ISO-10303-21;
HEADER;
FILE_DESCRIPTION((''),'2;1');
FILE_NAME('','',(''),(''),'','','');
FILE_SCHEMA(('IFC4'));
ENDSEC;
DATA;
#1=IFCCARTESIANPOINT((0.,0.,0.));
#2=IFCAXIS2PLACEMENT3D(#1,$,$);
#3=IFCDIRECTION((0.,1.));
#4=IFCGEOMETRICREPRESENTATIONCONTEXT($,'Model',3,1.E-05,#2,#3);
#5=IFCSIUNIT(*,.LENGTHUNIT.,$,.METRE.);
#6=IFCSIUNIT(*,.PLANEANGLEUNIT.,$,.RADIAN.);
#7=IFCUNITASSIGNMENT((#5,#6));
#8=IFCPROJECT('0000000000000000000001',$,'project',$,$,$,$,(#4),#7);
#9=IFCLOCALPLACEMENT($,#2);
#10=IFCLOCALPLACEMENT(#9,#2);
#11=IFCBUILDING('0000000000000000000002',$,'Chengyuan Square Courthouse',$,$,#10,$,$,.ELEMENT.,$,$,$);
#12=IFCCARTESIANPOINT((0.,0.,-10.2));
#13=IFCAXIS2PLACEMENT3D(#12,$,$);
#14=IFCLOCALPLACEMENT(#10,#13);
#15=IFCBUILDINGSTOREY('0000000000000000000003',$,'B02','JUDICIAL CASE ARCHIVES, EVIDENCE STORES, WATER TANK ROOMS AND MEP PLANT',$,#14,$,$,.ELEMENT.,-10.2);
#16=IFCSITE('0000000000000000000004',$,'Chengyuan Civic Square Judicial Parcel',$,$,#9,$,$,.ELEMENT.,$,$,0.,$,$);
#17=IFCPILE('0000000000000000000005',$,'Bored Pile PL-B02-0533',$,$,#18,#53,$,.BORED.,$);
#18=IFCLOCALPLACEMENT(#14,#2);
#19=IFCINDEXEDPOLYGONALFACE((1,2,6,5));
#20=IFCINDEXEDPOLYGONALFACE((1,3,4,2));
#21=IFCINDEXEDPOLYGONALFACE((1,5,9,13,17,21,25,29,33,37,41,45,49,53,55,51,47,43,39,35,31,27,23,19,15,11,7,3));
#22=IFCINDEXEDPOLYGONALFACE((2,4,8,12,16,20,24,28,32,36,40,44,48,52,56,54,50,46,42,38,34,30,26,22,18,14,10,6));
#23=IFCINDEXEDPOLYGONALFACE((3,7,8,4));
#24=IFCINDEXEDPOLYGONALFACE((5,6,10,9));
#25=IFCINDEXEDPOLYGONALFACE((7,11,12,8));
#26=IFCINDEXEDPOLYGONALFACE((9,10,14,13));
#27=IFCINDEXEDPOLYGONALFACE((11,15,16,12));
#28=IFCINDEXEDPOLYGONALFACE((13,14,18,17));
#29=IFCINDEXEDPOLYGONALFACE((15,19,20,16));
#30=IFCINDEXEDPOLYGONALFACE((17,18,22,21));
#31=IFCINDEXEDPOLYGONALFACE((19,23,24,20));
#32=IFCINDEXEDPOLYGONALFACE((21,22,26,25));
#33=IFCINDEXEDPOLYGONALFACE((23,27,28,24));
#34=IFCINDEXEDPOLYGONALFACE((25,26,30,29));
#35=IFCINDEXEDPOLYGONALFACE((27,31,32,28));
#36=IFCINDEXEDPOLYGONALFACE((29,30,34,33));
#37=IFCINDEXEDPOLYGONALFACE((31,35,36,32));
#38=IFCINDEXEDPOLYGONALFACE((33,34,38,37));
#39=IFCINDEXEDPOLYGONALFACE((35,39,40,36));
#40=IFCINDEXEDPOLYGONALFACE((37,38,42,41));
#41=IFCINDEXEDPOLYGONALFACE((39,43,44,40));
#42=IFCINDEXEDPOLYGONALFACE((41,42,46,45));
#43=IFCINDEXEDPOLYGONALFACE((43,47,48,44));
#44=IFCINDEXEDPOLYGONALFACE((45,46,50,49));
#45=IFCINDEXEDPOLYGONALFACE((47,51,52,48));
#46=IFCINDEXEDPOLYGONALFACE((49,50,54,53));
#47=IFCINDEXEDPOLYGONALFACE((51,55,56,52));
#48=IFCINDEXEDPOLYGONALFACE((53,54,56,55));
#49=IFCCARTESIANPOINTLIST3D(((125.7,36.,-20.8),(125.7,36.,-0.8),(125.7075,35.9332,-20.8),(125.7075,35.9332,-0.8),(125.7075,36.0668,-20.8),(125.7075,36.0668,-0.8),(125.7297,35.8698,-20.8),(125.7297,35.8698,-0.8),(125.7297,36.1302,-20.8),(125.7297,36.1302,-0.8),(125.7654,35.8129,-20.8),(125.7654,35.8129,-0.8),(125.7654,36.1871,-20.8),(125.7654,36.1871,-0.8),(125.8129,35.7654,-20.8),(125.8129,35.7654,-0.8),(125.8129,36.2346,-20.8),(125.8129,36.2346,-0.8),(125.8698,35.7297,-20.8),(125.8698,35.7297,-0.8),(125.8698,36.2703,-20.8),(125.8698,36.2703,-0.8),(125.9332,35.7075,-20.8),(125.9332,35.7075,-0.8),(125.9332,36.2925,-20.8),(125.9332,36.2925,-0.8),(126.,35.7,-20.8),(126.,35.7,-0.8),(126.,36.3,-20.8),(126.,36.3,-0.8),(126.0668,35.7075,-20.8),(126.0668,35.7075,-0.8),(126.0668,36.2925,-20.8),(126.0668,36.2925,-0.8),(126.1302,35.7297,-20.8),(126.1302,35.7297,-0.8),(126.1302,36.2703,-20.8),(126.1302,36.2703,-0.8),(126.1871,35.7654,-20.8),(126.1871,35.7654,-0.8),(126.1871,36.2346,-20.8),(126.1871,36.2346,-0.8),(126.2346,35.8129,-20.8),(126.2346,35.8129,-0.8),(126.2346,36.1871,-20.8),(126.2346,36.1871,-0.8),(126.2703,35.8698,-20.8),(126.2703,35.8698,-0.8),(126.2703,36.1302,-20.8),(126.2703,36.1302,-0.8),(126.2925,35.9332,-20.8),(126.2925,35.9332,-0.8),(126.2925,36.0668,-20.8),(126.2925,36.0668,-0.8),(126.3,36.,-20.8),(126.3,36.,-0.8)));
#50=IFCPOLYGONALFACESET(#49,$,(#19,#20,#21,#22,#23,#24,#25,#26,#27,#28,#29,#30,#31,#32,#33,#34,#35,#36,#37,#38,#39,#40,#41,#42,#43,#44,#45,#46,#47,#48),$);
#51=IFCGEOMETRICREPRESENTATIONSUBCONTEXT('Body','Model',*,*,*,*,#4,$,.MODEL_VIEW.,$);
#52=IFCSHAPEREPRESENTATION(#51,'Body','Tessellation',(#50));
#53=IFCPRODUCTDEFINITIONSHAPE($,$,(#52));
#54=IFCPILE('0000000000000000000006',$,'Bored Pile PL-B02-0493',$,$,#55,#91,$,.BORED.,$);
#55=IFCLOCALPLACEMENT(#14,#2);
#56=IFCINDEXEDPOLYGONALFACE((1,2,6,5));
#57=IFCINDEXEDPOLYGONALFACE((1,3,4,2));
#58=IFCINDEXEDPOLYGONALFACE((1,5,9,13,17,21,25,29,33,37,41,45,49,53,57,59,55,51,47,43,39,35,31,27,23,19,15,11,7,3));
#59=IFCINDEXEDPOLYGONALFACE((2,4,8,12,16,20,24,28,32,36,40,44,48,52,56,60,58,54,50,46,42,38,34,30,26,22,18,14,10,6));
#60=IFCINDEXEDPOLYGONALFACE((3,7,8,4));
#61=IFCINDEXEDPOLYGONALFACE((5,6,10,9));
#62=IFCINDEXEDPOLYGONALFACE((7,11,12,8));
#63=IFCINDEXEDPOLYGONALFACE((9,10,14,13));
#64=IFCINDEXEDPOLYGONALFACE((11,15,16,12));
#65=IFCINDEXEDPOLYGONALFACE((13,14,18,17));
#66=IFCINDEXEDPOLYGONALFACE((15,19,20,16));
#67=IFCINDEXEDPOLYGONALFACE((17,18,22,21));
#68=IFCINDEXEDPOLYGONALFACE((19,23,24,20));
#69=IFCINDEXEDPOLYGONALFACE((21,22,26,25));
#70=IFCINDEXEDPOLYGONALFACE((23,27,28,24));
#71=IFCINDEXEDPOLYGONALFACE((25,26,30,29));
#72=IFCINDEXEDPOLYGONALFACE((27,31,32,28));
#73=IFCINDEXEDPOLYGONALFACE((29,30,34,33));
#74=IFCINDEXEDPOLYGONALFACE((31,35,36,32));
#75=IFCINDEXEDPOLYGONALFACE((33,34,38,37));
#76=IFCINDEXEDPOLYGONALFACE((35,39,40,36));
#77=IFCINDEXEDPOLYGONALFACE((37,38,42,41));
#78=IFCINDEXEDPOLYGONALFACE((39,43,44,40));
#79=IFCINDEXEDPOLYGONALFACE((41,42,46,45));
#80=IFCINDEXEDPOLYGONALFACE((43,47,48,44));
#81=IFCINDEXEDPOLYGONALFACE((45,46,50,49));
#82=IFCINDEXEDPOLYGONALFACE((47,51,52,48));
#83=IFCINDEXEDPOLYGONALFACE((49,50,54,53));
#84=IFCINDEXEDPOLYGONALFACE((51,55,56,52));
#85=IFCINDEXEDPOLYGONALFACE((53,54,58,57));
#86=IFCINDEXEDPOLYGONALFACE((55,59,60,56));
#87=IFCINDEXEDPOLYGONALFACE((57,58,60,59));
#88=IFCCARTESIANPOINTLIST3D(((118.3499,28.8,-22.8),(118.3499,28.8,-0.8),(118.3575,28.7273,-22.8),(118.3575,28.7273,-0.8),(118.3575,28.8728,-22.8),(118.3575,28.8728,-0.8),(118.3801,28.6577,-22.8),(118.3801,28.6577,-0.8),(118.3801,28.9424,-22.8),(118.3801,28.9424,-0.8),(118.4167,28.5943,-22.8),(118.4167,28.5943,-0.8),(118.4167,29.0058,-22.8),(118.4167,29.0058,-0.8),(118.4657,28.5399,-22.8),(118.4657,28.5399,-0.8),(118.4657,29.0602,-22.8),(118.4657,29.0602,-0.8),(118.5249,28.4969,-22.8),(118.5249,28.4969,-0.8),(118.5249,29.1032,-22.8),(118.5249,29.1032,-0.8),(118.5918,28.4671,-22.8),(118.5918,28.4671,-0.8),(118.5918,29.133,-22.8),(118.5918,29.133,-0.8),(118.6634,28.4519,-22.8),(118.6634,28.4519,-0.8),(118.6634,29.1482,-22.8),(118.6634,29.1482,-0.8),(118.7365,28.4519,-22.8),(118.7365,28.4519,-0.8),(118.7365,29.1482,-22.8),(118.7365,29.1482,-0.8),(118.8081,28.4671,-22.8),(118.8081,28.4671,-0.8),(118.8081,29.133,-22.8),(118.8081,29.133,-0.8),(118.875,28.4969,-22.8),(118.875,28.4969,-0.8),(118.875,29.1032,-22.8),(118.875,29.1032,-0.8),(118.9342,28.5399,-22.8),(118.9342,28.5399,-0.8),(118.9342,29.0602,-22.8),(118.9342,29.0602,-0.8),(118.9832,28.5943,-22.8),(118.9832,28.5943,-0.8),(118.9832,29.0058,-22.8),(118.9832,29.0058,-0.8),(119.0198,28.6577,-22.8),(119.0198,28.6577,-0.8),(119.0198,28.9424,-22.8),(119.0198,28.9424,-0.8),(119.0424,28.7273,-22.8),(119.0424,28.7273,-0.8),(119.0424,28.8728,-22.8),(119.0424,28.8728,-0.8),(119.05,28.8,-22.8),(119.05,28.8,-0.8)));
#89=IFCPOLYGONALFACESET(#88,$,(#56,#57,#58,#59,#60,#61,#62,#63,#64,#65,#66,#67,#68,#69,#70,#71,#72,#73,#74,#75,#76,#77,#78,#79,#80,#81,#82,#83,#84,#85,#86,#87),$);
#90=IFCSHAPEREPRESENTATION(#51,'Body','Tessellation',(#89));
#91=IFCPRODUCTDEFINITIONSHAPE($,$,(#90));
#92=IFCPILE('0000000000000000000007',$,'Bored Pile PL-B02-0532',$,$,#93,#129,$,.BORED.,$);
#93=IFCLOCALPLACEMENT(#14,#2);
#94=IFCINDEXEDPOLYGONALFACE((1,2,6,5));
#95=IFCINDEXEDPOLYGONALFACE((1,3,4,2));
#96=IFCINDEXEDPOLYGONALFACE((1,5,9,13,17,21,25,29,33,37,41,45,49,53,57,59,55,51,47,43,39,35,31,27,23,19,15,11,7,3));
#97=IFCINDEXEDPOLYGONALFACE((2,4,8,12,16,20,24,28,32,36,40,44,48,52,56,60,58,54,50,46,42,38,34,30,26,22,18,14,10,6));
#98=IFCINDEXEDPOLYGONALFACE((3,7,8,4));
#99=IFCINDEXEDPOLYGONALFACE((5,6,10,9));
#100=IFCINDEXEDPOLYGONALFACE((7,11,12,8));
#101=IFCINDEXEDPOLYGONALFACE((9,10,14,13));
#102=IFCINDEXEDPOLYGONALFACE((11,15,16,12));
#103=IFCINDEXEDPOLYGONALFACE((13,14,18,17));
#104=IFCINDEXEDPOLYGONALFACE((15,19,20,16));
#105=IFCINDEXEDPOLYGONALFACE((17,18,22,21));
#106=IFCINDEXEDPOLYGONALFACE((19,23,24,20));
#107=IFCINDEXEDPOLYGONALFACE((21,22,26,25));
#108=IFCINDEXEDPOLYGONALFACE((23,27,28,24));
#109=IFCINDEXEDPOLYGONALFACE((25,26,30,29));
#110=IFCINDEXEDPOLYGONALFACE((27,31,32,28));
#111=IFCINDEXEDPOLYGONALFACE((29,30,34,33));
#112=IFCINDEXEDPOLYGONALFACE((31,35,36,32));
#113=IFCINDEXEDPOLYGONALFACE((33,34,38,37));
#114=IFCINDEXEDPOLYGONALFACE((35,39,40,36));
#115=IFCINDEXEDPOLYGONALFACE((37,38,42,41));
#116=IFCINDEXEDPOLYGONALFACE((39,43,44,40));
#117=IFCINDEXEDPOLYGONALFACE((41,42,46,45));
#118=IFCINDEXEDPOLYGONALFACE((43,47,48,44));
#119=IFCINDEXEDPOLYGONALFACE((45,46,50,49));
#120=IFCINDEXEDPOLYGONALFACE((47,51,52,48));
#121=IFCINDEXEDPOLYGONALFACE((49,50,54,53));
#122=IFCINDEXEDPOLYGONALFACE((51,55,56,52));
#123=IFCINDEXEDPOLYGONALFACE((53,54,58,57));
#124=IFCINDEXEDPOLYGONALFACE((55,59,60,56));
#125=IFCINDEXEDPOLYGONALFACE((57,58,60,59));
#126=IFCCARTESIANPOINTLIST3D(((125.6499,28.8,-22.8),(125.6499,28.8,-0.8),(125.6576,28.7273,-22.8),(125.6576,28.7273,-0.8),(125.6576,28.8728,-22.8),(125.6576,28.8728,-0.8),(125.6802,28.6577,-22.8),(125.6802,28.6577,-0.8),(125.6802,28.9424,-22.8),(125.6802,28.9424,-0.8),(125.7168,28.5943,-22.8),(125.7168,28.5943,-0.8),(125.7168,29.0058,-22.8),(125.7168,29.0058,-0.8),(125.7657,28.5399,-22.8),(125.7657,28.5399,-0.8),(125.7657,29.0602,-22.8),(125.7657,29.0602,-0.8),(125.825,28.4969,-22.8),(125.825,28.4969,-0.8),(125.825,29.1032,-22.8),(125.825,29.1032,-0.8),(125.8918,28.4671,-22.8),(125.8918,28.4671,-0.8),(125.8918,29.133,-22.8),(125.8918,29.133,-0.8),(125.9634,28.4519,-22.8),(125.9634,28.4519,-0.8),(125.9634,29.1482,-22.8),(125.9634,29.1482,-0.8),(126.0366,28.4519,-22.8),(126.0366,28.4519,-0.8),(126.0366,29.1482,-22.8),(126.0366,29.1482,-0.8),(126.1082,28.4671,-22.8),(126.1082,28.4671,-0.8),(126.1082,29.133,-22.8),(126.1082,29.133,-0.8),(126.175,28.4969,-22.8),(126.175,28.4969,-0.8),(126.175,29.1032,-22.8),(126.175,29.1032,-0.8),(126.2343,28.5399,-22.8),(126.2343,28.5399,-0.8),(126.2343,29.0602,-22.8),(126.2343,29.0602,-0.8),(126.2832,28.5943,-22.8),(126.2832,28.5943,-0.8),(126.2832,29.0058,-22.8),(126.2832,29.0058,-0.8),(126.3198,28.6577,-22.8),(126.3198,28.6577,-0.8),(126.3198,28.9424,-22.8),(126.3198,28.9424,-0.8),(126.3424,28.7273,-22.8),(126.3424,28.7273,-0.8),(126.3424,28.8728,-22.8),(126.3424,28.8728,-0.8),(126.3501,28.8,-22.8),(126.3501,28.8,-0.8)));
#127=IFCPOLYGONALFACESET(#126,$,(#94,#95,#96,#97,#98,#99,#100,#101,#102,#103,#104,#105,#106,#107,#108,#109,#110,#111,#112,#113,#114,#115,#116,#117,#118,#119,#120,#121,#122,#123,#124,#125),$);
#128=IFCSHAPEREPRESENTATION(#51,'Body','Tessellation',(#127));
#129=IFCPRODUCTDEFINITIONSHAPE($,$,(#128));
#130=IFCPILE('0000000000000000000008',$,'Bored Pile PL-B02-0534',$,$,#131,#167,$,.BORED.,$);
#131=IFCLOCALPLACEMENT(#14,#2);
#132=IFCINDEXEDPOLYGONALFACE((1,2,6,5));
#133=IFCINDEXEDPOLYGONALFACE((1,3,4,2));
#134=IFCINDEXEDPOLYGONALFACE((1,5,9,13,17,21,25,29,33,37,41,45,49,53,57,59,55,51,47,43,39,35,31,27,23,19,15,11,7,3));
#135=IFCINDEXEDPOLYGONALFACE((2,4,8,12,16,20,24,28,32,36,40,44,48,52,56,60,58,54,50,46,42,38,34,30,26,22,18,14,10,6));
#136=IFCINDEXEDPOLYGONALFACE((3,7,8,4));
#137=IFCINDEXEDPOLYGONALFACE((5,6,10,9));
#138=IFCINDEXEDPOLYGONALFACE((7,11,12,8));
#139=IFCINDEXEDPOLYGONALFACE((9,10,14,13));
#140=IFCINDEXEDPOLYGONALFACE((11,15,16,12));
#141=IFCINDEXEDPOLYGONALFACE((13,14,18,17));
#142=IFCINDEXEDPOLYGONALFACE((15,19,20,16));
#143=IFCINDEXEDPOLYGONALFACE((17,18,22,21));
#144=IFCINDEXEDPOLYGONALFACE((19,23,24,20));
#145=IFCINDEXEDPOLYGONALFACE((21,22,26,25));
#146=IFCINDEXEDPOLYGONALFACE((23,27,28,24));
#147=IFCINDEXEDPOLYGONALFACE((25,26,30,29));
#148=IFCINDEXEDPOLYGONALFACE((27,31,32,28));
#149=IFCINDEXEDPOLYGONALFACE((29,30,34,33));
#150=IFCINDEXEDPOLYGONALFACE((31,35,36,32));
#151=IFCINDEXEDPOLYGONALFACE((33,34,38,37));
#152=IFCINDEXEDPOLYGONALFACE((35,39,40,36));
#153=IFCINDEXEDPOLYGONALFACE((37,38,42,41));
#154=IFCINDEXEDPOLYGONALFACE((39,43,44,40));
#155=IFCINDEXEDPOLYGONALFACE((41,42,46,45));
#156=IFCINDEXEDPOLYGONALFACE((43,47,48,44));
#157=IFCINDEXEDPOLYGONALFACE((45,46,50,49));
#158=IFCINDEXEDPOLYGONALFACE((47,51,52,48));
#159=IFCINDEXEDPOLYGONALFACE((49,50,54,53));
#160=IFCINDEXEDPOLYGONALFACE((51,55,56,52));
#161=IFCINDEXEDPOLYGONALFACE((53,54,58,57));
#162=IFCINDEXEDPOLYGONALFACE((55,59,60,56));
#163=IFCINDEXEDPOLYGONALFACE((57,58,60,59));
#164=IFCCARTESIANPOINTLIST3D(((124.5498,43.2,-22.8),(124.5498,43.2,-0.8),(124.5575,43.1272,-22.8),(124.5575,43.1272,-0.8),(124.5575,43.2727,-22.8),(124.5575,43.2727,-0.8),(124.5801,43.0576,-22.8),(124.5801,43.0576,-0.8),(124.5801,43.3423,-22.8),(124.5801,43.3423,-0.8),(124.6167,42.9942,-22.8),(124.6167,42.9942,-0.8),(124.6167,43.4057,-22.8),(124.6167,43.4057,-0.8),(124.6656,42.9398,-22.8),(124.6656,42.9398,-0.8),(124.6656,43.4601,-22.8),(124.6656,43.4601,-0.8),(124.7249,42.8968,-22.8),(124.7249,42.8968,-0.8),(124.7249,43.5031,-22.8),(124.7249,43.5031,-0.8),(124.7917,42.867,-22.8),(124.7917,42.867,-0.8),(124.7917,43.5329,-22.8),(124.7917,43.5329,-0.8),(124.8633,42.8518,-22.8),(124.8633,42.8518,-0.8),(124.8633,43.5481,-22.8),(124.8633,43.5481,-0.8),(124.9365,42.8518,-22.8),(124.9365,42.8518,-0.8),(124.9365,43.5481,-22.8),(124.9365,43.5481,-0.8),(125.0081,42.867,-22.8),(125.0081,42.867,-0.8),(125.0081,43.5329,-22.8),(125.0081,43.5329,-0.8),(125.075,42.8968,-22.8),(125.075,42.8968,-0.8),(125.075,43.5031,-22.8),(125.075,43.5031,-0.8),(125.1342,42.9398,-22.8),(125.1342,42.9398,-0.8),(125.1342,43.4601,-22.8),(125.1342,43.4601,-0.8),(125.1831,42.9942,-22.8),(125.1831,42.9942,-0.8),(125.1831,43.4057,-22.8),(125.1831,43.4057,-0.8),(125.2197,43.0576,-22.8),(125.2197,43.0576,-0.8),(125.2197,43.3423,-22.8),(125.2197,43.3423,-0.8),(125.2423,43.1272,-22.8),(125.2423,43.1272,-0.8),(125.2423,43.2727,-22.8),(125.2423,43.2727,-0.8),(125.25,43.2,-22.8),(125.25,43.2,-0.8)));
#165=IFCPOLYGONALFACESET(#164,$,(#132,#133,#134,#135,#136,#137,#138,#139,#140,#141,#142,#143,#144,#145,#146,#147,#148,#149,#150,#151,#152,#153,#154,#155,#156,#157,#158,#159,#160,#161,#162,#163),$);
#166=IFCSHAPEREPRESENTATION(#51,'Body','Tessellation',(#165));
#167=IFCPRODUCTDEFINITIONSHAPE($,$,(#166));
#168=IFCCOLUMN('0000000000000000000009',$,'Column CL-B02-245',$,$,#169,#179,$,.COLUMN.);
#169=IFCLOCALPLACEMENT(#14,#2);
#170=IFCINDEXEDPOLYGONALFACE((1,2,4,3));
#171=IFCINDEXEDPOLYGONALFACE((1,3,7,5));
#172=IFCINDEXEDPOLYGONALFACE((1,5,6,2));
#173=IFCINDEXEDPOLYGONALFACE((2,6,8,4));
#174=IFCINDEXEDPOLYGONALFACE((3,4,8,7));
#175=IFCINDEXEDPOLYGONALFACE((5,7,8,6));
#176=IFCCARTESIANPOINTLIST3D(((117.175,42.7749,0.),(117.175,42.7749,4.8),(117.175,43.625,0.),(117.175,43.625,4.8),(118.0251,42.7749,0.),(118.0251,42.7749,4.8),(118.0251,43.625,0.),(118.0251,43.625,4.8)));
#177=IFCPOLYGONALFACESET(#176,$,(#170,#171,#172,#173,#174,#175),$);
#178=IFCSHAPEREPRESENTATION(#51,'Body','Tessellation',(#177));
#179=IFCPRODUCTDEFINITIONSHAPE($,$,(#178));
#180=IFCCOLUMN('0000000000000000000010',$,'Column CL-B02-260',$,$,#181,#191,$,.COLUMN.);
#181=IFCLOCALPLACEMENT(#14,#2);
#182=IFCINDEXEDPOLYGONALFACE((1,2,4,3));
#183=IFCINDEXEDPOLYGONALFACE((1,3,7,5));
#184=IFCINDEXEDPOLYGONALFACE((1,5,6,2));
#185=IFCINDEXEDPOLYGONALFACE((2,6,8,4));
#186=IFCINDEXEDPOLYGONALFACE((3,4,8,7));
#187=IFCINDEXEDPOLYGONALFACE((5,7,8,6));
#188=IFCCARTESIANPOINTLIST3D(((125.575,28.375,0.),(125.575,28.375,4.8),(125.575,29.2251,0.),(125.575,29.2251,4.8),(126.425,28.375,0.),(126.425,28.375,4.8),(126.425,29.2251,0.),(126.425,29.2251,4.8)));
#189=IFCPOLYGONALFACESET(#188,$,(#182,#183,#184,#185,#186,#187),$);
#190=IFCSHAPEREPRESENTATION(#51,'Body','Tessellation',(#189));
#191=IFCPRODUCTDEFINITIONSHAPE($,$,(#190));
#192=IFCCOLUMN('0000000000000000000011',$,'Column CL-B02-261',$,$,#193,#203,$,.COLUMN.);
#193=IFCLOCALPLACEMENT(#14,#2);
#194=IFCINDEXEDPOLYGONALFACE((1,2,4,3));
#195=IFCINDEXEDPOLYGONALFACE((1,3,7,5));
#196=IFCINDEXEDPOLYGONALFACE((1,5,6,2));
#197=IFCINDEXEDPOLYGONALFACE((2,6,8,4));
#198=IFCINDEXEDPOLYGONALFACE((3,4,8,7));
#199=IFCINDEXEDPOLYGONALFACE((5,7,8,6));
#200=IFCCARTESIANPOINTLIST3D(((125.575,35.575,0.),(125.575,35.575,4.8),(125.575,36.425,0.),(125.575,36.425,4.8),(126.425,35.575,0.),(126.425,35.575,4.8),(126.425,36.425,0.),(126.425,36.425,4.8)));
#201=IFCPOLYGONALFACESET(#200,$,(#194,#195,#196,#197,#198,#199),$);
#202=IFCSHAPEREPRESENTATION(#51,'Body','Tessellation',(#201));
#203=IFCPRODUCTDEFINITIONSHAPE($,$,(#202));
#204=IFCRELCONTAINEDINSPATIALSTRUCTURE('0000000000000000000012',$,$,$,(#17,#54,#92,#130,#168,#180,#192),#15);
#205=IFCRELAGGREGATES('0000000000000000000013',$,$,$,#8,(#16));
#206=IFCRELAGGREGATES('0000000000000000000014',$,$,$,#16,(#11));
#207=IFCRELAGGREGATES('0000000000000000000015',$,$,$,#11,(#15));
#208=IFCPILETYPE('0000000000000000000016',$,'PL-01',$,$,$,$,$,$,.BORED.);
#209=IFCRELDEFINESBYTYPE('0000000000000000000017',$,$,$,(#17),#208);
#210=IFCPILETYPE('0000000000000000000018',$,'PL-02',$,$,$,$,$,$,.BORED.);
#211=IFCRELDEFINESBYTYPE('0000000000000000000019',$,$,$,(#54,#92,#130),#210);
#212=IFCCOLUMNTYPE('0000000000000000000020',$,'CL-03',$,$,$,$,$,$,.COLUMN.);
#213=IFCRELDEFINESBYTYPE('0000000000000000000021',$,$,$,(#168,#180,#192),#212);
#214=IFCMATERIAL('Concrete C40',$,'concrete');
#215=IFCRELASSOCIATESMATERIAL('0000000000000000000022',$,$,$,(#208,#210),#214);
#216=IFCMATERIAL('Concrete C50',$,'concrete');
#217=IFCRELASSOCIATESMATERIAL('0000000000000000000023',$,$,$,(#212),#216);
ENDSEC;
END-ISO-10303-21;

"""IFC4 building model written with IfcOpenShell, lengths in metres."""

from ifc_helpers import new_model, si_unit, direction, frame, origin, origin_2d, place, context, subcontext, project, spatial, rectangle, circle, extrude, material, material_profile, profile_set, type_object, element, save


model = new_model("IFC4")

# Units and contexts
model_context = context("Model", 3, precision=1e-05, world=origin(), true_north=direction((0.0, 1.0)))
body_context = subcontext(model_context, "Body", "Model", "MODEL_VIEW")
ifc_project = project(units=[si_unit("LENGTHUNIT", "METRE"), si_unit("PLANEANGLEUNIT", "RADIAN")], contexts=[model_context])

# Site, building, storey
site_placement = place(None, origin())
site = spatial("IfcSite", under=ifc_project, at=site_placement, Name="Chengyuan Civic Square Judicial Parcel", CompositionType="ELEMENT", RefElevation=0.0)
building_placement = place(site_placement, origin())
building = spatial("IfcBuilding", under=site, at=building_placement, Name="Chengyuan Square Courthouse", CompositionType="ELEMENT")
storey_placement = place(building_placement, frame((0.0, 0.0, -10.2)))
storey = spatial("IfcBuildingStorey", under=building, at=storey_placement, Name="B02", Description="JUDICIAL CASE ARCHIVES, EVIDENCE STORES, WATER TANK ROOMS AND MEP PLANT", CompositionType="ELEMENT", Elevation=-10.2)

# Shared definitions
ifc_material_1 = material(Name="Concrete C40", Category="concrete")

# Piles
ifc_material_profile_1 = material_profile(ifc_material_1, circle(Radius=0.3, at=origin_2d()), Name="BORED PILE D600")
ifc_profile_set_1 = profile_set([ifc_material_profile_1], Name="Concrete C40")
pile_type_1 = type_object("IfcPileType", Name="PL-01", PredefinedType="BORED", material=ifc_profile_set_1)
for number, where, z_axis, x_axis, name in (
    (1, (126.0, 36.0, -0.8), (0.0, 0.0, -1.0), (1.0, 0.0, 0.0), "Bored Pile PL-B02-0533"),
):
    element("IfcPile", number, at=place(storey_placement, frame(where, z_axis=z_axis, x_axis=x_axis)), inside=storey, type_object=pile_type_1, Name=name, PredefinedType="BORED", context=body_context, shape_type="SweptSolid", body=[
        extrude(circle(Radius=0.3, at=origin_2d()), origin(), (0.0, 0.0, 1.0), 20.0),
    ])
ifc_material_profile_2 = material_profile(ifc_material_1, circle(Radius=0.3501, at=origin_2d()), Name="BORED PILE D700")
ifc_profile_set_2 = profile_set([ifc_material_profile_2], Name="Concrete C40")
pile_type_2 = type_object("IfcPileType", Name="PL-02", PredefinedType="BORED", material=ifc_profile_set_2)
for number, where, z_axis, x_axis, name in (
    (2, (118.7, 28.8, -0.8), (0.0, 0.0, -1.0), (1.0, 0.0, 0.0), "Bored Pile PL-B02-0493"),
    (3, (126.0, 28.8, -0.8), (0.0, 0.0, -1.0), (1.0, 0.0, 0.0), "Bored Pile PL-B02-0532"),
    (4, (124.8999, 43.2, -0.8), (0.0, 0.0, -1.0), (1.0, 0.0, 0.0), "Bored Pile PL-B02-0534"),
):
    element("IfcPile", number, at=place(storey_placement, frame(where, z_axis=z_axis, x_axis=x_axis)), inside=storey, type_object=pile_type_2, Name=name, PredefinedType="BORED", context=body_context, shape_type="SweptSolid", body=[
        extrude(circle(Radius=0.3501, at=origin_2d()), origin(), (0.0, 0.0, 1.0), 22.0),
    ])

# Columns
ifc_material_2 = material(Name="Concrete C50", Category="concrete")
ifc_material_profile_3 = material_profile(ifc_material_2, rectangle(XDim=0.8501, YDim=0.8501, at=origin_2d()), Name="RC-COL-850x850")
ifc_profile_set_3 = profile_set([ifc_material_profile_3], Name="Concrete C50")
column_type = type_object("IfcColumnType", Name="CL-03", PredefinedType="COLUMN", material=ifc_profile_set_3)
for number, where, z_axis, x_axis, name in (
    (5, (117.6001, 43.2, 0.0), (0.0, 0.0, 1.0), (1.0, 0.0, 0.0), "Column CL-B02-245"),
    (6, (126.0, 28.8, 0.0), (0.0, 0.0, 1.0), (1.0, 0.0, 0.0), "Column CL-B02-260"),
    (7, (126.0, 36.0, 0.0), (0.0, 0.0, 1.0), (1.0, 0.0, 0.0), "Column CL-B02-261"),
):
    element("IfcColumn", number, at=place(storey_placement, frame(where, z_axis=z_axis, x_axis=x_axis)), inside=storey, type_object=column_type, Name=name, PredefinedType="COLUMN", context=body_context, shape_type="SweptSolid", body=[
        extrude(rectangle(XDim=0.8501, YDim=0.8501, at=origin_2d()), origin(), (0.0, 0.0, 1.0), 4.8),
    ])

save(model, "model.ifc")
